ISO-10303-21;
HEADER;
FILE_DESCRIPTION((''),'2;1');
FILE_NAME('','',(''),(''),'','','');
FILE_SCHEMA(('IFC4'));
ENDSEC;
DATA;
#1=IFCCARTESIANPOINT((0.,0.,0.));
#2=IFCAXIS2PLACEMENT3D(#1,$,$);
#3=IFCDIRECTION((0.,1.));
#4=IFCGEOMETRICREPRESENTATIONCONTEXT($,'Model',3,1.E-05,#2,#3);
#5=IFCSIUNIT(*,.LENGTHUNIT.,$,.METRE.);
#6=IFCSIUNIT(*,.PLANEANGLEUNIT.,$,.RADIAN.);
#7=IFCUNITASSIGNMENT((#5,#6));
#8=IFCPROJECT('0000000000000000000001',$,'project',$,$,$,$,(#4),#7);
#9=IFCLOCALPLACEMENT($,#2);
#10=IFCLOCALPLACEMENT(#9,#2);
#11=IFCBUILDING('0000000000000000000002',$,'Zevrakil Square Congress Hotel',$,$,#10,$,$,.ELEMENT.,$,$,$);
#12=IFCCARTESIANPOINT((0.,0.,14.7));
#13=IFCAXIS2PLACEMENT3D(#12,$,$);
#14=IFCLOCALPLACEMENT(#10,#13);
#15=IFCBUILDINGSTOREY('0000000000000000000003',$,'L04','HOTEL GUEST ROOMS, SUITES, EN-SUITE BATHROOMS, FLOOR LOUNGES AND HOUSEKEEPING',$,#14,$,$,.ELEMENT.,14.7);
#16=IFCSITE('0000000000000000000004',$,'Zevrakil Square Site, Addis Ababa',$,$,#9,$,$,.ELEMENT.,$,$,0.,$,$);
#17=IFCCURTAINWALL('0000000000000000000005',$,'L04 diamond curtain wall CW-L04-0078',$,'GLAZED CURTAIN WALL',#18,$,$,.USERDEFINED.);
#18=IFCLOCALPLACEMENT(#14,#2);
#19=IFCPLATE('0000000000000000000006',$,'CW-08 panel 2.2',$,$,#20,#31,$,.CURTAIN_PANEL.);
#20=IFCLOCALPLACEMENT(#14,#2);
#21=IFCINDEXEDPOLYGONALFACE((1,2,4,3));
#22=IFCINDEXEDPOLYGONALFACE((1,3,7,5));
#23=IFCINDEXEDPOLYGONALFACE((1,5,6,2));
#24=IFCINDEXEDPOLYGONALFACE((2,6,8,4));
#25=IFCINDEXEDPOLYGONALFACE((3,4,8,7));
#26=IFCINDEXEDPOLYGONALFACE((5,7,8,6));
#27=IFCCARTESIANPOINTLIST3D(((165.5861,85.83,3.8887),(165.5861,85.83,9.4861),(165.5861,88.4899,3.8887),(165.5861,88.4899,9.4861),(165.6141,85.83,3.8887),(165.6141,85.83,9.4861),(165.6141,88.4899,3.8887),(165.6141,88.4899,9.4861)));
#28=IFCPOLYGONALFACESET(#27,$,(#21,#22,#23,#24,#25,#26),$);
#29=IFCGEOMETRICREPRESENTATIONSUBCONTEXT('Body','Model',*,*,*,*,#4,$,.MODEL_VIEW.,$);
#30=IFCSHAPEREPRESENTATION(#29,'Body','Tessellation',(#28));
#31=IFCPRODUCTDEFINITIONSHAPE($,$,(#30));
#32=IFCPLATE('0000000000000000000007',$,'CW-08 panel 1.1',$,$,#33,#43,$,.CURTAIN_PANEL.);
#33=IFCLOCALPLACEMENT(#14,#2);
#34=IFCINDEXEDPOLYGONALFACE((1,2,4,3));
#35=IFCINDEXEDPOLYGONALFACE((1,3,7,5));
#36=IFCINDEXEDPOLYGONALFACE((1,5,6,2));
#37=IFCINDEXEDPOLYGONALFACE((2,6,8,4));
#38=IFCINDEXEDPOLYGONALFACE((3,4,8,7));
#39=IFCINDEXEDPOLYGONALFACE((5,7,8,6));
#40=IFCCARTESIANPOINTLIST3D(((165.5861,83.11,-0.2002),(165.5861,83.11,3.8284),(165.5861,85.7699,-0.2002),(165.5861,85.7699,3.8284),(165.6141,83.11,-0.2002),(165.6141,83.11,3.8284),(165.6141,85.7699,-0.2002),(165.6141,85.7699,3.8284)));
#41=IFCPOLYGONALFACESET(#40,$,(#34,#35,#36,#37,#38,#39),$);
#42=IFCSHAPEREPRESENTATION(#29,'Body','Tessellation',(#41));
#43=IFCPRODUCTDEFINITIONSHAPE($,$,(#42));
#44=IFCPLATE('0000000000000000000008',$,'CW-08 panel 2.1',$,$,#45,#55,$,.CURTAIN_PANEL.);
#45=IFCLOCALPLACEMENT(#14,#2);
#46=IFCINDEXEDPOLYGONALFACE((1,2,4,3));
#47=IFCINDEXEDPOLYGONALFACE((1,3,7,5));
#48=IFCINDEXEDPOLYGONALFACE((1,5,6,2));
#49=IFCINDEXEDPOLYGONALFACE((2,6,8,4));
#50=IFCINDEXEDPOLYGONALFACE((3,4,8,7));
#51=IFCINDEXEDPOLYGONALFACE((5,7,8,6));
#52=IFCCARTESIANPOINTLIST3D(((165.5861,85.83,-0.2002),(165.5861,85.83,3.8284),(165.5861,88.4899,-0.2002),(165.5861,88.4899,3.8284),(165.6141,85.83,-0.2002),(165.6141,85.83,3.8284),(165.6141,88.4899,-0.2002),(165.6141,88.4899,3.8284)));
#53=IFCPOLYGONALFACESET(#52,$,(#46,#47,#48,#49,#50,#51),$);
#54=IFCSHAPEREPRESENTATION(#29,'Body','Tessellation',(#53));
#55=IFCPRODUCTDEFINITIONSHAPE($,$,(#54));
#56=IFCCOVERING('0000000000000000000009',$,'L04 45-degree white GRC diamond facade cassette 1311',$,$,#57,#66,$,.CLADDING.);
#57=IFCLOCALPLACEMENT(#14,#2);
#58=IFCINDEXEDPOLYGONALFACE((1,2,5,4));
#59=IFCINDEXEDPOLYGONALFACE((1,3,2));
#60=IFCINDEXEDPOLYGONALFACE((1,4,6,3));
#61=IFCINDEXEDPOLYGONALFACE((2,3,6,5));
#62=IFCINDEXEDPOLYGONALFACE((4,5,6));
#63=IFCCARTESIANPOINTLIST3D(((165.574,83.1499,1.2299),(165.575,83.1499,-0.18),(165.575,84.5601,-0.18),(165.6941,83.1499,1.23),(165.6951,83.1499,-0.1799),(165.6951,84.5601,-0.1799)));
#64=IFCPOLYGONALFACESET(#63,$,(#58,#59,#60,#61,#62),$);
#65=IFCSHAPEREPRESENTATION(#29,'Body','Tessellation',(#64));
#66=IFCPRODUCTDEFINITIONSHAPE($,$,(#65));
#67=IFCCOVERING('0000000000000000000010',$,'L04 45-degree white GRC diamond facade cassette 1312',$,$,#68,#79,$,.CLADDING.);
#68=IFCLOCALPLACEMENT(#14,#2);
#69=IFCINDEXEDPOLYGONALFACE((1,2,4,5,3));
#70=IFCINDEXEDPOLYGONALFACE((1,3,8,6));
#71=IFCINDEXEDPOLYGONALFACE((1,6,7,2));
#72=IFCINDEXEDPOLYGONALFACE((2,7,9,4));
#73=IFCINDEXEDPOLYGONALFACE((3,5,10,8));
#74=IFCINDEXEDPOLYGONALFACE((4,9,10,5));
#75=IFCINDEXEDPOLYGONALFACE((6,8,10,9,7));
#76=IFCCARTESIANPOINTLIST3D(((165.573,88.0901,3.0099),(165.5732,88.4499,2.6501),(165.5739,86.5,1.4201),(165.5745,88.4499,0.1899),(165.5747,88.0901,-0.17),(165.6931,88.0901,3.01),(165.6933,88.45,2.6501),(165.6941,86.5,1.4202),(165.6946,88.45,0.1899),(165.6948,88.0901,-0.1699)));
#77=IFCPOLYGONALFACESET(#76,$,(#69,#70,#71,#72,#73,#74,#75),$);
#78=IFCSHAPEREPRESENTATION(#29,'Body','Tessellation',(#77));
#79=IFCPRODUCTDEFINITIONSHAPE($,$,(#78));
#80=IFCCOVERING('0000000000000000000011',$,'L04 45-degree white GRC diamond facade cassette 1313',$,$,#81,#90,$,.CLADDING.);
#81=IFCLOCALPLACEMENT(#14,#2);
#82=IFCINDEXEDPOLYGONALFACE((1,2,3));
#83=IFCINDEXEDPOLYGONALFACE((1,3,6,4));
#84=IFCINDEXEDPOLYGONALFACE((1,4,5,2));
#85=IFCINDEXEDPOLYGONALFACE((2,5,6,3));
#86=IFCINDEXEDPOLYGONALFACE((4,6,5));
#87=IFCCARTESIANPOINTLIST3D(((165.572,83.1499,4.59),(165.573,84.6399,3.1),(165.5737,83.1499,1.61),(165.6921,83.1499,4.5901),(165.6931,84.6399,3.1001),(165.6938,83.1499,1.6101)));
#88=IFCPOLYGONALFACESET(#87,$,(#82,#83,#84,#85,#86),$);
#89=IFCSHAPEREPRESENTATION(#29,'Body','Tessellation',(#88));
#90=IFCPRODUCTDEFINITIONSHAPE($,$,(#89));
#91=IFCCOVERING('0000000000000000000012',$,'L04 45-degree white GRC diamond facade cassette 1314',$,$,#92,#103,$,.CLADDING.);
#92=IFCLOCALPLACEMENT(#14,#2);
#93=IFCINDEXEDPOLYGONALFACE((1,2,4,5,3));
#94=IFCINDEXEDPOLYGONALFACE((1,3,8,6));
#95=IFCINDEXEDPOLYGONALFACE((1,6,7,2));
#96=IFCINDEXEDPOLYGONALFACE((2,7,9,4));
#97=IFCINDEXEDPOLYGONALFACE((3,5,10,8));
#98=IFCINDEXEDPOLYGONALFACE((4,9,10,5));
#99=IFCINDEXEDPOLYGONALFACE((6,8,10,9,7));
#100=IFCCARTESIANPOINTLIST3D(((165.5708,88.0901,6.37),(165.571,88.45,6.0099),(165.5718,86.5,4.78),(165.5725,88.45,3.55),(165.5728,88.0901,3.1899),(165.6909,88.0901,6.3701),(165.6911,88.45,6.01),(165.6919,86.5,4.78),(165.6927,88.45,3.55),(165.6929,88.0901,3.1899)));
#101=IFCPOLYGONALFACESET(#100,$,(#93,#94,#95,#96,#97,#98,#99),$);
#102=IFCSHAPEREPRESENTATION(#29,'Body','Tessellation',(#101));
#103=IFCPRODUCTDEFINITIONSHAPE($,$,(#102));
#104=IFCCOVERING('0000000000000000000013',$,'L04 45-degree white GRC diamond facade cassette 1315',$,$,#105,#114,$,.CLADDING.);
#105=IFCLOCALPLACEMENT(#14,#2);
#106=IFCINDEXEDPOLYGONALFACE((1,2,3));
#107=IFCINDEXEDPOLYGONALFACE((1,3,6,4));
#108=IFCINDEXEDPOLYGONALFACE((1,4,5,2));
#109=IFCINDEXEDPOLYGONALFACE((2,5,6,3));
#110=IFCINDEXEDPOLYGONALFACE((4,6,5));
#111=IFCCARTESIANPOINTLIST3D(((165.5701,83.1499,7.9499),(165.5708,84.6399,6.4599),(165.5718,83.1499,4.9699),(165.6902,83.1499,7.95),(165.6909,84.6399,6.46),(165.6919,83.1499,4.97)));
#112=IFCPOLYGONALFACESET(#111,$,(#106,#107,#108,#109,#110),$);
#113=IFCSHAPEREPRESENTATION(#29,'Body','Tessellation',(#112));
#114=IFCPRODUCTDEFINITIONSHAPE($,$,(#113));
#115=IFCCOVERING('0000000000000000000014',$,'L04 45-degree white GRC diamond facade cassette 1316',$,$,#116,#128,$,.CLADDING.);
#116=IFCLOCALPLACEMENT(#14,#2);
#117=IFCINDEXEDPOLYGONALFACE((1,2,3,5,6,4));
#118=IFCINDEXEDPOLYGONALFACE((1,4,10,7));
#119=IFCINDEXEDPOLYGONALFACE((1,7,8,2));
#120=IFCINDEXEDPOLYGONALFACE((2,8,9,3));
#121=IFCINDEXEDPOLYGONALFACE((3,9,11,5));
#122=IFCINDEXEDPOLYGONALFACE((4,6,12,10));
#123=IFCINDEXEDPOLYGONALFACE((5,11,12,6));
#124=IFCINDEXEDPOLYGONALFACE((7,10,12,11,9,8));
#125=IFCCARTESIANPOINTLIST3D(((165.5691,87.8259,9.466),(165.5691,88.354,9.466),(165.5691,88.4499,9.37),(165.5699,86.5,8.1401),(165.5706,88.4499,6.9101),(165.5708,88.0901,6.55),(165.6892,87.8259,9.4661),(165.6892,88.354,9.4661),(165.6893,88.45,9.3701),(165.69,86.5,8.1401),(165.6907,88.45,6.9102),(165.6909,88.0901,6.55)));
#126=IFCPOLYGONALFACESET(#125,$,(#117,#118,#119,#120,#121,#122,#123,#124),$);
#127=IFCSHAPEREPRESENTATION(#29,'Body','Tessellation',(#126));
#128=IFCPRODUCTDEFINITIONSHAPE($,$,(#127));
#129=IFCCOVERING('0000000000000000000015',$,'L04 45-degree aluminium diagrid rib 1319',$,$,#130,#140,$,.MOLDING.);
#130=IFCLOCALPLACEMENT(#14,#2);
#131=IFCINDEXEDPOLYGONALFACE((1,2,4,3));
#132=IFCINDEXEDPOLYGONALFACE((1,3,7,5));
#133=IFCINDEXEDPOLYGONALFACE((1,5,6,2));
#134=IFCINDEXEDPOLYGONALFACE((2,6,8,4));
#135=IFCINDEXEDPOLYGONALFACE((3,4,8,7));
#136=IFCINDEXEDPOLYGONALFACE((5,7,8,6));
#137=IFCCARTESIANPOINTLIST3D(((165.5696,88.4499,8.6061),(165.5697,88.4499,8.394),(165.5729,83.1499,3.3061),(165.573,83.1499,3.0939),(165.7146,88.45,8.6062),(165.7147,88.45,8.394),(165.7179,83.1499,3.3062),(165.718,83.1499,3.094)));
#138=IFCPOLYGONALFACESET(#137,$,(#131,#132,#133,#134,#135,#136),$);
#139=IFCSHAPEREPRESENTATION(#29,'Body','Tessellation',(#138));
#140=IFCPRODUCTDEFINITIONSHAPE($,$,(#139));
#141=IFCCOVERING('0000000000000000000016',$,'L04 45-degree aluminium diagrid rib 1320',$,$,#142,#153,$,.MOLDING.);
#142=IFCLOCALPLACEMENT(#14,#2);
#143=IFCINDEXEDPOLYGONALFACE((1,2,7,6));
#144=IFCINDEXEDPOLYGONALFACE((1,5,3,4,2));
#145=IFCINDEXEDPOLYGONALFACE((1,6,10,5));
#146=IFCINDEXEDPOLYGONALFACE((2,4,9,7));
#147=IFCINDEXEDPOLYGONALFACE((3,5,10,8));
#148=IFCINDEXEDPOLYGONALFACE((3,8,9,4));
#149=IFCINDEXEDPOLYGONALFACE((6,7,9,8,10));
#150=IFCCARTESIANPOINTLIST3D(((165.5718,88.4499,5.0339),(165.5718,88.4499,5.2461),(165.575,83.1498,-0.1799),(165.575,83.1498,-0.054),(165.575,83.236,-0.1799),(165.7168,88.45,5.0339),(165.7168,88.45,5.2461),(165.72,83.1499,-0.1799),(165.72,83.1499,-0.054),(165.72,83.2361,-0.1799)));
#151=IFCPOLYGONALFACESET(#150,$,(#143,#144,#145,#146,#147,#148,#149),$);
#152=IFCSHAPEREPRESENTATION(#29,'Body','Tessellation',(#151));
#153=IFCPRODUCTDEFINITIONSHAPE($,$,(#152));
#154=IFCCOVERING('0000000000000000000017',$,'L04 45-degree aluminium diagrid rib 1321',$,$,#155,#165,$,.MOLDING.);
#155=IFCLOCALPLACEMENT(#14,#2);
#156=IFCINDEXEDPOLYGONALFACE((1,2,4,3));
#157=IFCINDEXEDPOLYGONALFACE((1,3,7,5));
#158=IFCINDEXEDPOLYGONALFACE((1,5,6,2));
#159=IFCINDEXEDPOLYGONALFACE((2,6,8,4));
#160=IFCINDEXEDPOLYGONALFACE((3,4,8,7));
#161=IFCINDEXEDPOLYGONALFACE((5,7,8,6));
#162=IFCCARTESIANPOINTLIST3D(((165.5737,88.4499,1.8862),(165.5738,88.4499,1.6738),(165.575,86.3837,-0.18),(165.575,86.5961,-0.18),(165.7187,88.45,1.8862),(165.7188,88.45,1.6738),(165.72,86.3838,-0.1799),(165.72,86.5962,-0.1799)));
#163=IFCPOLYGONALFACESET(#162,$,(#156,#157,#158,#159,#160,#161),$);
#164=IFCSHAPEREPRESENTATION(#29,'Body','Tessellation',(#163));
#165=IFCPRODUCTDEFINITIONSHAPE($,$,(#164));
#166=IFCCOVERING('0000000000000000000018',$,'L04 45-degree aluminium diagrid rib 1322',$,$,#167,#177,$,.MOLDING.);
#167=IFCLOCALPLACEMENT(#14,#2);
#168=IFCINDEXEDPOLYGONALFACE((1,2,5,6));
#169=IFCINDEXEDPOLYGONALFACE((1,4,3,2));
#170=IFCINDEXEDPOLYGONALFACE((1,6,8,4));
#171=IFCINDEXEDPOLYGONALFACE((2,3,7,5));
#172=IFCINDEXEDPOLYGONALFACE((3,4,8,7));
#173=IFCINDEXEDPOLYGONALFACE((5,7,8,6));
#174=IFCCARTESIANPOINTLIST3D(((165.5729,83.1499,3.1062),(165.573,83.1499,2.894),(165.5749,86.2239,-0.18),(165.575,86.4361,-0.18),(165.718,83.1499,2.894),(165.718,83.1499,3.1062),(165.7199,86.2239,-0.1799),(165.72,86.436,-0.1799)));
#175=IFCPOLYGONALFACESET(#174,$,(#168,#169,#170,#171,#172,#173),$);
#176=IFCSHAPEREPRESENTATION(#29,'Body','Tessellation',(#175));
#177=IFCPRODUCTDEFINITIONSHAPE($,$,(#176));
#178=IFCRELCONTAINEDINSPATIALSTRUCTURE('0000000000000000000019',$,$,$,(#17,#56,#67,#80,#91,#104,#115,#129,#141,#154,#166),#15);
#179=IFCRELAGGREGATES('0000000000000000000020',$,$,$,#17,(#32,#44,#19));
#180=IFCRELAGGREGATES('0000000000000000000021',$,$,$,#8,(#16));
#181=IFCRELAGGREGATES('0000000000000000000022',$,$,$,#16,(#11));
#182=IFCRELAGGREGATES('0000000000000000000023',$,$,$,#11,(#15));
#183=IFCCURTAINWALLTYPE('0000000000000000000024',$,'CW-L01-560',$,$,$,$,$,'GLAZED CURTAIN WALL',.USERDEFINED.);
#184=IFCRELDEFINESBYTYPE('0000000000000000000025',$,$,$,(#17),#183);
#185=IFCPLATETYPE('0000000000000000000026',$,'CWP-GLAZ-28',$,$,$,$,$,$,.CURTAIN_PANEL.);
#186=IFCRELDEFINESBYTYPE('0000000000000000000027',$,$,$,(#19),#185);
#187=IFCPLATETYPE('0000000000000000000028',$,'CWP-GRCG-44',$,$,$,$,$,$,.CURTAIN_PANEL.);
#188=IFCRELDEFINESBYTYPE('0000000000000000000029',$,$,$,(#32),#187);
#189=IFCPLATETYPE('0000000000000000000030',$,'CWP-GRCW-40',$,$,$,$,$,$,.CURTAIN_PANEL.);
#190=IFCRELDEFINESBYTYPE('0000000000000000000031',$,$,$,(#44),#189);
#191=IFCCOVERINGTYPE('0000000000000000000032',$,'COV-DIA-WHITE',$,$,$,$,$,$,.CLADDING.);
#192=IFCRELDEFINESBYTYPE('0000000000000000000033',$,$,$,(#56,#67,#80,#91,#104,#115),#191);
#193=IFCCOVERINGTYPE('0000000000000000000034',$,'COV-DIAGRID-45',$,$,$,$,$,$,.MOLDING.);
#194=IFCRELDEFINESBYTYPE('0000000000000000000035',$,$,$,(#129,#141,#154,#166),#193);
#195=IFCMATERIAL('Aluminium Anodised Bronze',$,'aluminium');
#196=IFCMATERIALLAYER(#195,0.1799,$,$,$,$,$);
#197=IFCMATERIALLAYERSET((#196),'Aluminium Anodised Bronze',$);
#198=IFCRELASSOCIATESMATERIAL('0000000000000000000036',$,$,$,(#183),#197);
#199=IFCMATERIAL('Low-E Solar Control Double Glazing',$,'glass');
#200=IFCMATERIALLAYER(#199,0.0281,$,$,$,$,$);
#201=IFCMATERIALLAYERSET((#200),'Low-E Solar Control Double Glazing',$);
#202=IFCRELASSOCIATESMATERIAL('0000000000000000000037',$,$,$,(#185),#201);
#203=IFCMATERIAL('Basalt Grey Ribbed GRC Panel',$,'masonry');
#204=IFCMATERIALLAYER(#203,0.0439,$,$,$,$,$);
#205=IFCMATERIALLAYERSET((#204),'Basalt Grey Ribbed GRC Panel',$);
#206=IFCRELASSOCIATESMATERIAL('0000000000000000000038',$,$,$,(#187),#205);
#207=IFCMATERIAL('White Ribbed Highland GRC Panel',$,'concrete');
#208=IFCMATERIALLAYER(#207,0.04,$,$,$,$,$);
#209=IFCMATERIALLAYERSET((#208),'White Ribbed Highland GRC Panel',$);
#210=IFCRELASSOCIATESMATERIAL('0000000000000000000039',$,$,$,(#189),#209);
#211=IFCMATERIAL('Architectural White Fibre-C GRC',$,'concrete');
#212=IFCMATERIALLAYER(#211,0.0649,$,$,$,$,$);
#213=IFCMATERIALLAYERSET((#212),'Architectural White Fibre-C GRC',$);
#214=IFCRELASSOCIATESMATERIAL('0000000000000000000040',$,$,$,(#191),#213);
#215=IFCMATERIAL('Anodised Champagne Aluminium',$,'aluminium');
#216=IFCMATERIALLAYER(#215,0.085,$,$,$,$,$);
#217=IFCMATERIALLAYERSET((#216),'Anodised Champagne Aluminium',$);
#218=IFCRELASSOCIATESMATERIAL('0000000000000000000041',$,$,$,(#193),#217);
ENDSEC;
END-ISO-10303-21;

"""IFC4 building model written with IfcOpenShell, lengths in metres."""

from ifc_helpers import new_model, si_unit, direction, frame, origin, origin_2d, place, context, subcontext, project, spatial, polyline, rectangle, outline, extrude, material, layer, layer_set, type_object, element, aggregate, save


model = new_model("IFC4")

# Units and contexts
model_context = context("Model", 3, precision=1e-05, world=origin(), true_north=direction((0.0, 1.0)))
body_context = subcontext(model_context, "Body", "Model", "MODEL_VIEW")
ifc_project = project(units=[si_unit("LENGTHUNIT", "METRE"), si_unit("PLANEANGLEUNIT", "RADIAN")], contexts=[model_context])

# Site, building, storey
site_placement = place(None, origin())
site = spatial("IfcSite", under=ifc_project, at=site_placement, Name="Zevrakil Square Site, Addis Ababa", CompositionType="ELEMENT", RefElevation=0.0)
building_placement = place(site_placement, origin())
building = spatial("IfcBuilding", under=site, at=building_placement, Name="Zevrakil Square Congress Hotel", CompositionType="ELEMENT")
storey_placement = place(building_placement, frame((0.0, 0.0, 14.7)))
storey = spatial("IfcBuildingStorey", under=building, at=storey_placement, Name="L04", Description="HOTEL GUEST ROOMS, SUITES, EN-SUITE BATHROOMS, FLOOR LOUNGES AND HOUSEKEEPING", CompositionType="ELEMENT", Elevation=14.7)

# Curtain wall
ifc_material_1 = material(Name="Aluminium Anodised Bronze", Category="aluminium")
ifc_layer_1 = layer(ifc_material_1, 0.1799)
ifc_layer_set_1 = layer_set([ifc_layer_1], Name="Aluminium Anodised Bronze")
curtain_wall_type = type_object("IfcCurtainWallType", Name="CW-L01-560", ElementType="GLAZED CURTAIN WALL", PredefinedType="USERDEFINED", material=ifc_layer_set_1)
curtain_wall_1_placement = place(storey_placement, origin())
curtain_wall_1 = element("IfcCurtainWall", 1, at=curtain_wall_1_placement, inside=storey, type_object=curtain_wall_type, Name="L04 diamond curtain wall CW-L04-0078", ObjectType="GLAZED CURTAIN WALL", PredefinedType="USERDEFINED")

# Plates
ifc_material_2 = material(Name="Low-E Solar Control Double Glazing", Category="glass")
ifc_layer_2 = layer(ifc_material_2, 0.0281)
ifc_layer_set_2 = layer_set([ifc_layer_2], Name="Low-E Solar Control Double Glazing")
plate_type_1 = type_object("IfcPlateType", Name="CWP-GLAZ-28", PredefinedType="CURTAIN_PANEL", material=ifc_layer_set_2)
plate_1_placement = place(storey_placement, frame((165.6001, 87.1599, 3.8887), z_axis=(0.0, 0.0, 1.0), x_axis=(0.0, 1.0, 0.0)))
plate_1 = element("IfcPlate", 2, at=plate_1_placement, type_object=plate_type_1, Name="CW-08 panel 2.2", PredefinedType="CURTAIN_PANEL", context=body_context, shape_type="SweptSolid", body=[
    extrude(rectangle(XDim=2.6599, YDim=0.0281, at=origin_2d()), origin(), (0.0, 0.0, 1.0), 5.5974),
])
ifc_material_3 = material(Name="Basalt Grey Ribbed GRC Panel", Category="masonry")
ifc_layer_3 = layer(ifc_material_3, 0.0439)
ifc_layer_set_3 = layer_set([ifc_layer_3], Name="Basalt Grey Ribbed GRC Panel")
plate_type_2 = type_object("IfcPlateType", Name="CWP-GRCG-44", PredefinedType="CURTAIN_PANEL", material=ifc_layer_set_3)
plate_2_placement = place(storey_placement, frame((165.6001, 84.4399, -0.2002), z_axis=(0.0, 0.0, 1.0), x_axis=(0.0, 1.0, 0.0)))
plate_2 = element("IfcPlate", 3, at=plate_2_placement, type_object=plate_type_2, Name="CW-08 panel 1.1", PredefinedType="CURTAIN_PANEL", context=body_context, shape_type="SweptSolid", body=[
    extrude(rectangle(XDim=2.6599, YDim=0.0281, at=origin_2d()), origin(), (0.0, 0.0, 1.0), 4.0286),
])
ifc_material_4 = material(Name="White Ribbed Highland GRC Panel", Category="concrete")
ifc_layer_4 = layer(ifc_material_4, 0.04)
ifc_layer_set_4 = layer_set([ifc_layer_4], Name="White Ribbed Highland GRC Panel")
plate_type_3 = type_object("IfcPlateType", Name="CWP-GRCW-40", PredefinedType="CURTAIN_PANEL", material=ifc_layer_set_4)
plate_3_placement = place(storey_placement, frame((165.6001, 87.1599, -0.2002), z_axis=(0.0, 0.0, 1.0), x_axis=(0.0, 1.0, 0.0)))
plate_3 = element("IfcPlate", 4, at=plate_3_placement, type_object=plate_type_3, Name="CW-08 panel 2.1", PredefinedType="CURTAIN_PANEL", context=body_context, shape_type="SweptSolid", body=[
    extrude(rectangle(XDim=2.6599, YDim=0.0281, at=origin_2d()), origin(), (0.0, 0.0, 1.0), 4.0286),
])
aggregate(curtain_wall_1, [plate_2, plate_3, plate_1])

# Coverings
ifc_material_5 = material(Name="Architectural White Fibre-C GRC", Category="concrete")
ifc_layer_5 = layer(ifc_material_5, 0.0649)
ifc_layer_set_5 = layer_set([ifc_layer_5], Name="Architectural White Fibre-C GRC")
covering_type_1 = type_object("IfcCoveringType", Name="COV-DIA-WHITE", PredefinedType="CLADDING", material=ifc_layer_set_5)
covering_1_placement = place(storey_placement, frame((165.6951, 84.5601, -0.1799), z_axis=(1.0, 0.0, 0.000693), x_axis=(0.0, -1.0, 0.0)))
element("IfcCovering", 5, at=covering_1_placement, inside=storey, type_object=covering_type_1, Name="L04 45-degree white GRC diamond facade cassette 1311", PredefinedType="CLADDING", context=body_context, shape_type="SweptSolid", body=[
    extrude(outline(polyline([(0.0, 0.0), (1.4102, 0.0), (1.4102, -1.4099), (0.0, 0.0)])), origin(), (0.0, 0.0, -1.0), 0.1201),
])
covering_2_placement = place(storey_placement, frame((165.6948, 88.0901, -0.1699), z_axis=(1.0, 0.000055, 0.000532), x_axis=(-0.000338, -0.707107, 0.707107)))
element("IfcCovering", 6, at=covering_2_placement, inside=storey, type_object=covering_type_1, Name="L04 45-degree white GRC diamond facade cassette 1312", PredefinedType="CLADDING", context=body_context, shape_type="SweptSolid", body=[
    extrude(outline(polyline([(0.0, 0.0), (2.2487, 0.0), (2.2486, -2.2486), (1.7396, -2.2486), (0.0, -0.5089), (0.0, 0.0)])), origin(), (0.0, 0.0, -1.0), 0.1201),
])
covering_3_placement = place(storey_placement, frame((165.6931, 84.6399, 3.1001), z_axis=(1.0, -0.000082, 0.000573), x_axis=(0.000348, -0.707107, -0.707107)))
element("IfcCovering", 7, at=covering_3_placement, inside=storey, type_object=covering_type_1, Name="L04 45-degree white GRC diamond facade cassette 1313", PredefinedType="CLADDING", context=body_context, shape_type="SweptSolid", body=[
    extrude(outline(polyline([(0.0, 0.0), (2.1072, 0.0), (0.0, -2.1072), (0.0, 0.0)])), origin(), (0.0, 0.0, -1.0), 0.1201),
])
covering_4_placement = place(storey_placement, frame((165.6929, 88.0901, 3.1899), z_axis=(1.0, 0.0, 0.000612), x_axis=(-0.000433, -0.707107, 0.707107)))
element("IfcCovering", 8, at=covering_4_placement, inside=storey, type_object=covering_type_1, Name="L04 45-degree white GRC diamond facade cassette 1314", PredefinedType="CLADDING", context=body_context, shape_type="SweptSolid", body=[
    extrude(outline(polyline([(0.0, 0.0), (2.2487, 0.0), (2.2487, -2.2487), (1.7396, -2.2486), (0.0002, -0.5091), (0.0, 0.0)])), origin(), (0.0, 0.0, -1.0), 0.1201),
])
covering_5_placement = place(storey_placement, frame((165.6909, 84.6399, 6.46), z_axis=(1.0, 0.000082, 0.000573), x_axis=(0.000463, -0.707107, -0.707107)))
element("IfcCovering", 9, at=covering_5_placement, inside=storey, type_object=covering_type_1, Name="L04 45-degree white GRC diamond facade cassette 1315", PredefinedType="CLADDING", context=body_context, shape_type="SweptSolid", body=[
    extrude(outline(polyline([(0.0, 0.0), (2.1072, 0.0), (0.0, -2.1072), (0.0, 0.0)])), origin(), (0.0, 0.0, -1.0), 0.1201),
])
covering_6_placement = place(storey_placement, frame((165.6909, 88.0901, 6.55), z_axis=(1.0, 0.000015, 0.000583), x_axis=(-0.000402, -0.707107, 0.707107)))
element("IfcCovering", 10, at=covering_6_placement, inside=storey, type_object=covering_type_1, Name="L04 45-degree white GRC diamond facade cassette 1316", PredefinedType="CLADDING", context=body_context, shape_type="SweptSolid", body=[
    extrude(outline(polyline([(0.0, 0.0), (2.2487, 0.0), (2.2487, -1.8751), (1.8753, -2.2486), (1.7396, -2.2486), (0.0002, -0.5091), (0.0, 0.0)])), origin(), (0.0, 0.0, -1.0), 0.1201),
])
ifc_material_6 = material(Name="Anodised Champagne Aluminium", Category="aluminium")
ifc_layer_6 = layer(ifc_material_6, 0.085)
ifc_layer_set_6 = layer_set([ifc_layer_6], Name="Anodised Champagne Aluminium")
covering_type_2 = type_object("IfcCoveringType", Name="COV-DIAGRID-45", PredefinedType="MOLDING", material=ifc_layer_set_6)
covering_7_placement = place(storey_placement, frame((165.718, 83.1499, 3.094), z_axis=(1.0, 0.000046, 0.000575), x_axis=(-0.000575, 0.0, 1.0)))
element("IfcCovering", 11, at=covering_7_placement, inside=storey, type_object=covering_type_2, Name="L04 45-degree aluminium diagrid rib 1319", PredefinedType="MOLDING", context=body_context, shape_type="SweptSolid", body=[
    extrude(outline(polyline([(0.0, 0.0), (0.2122, 0.0), (5.5122, -5.3), (5.3, -5.3), (0.0, 0.0)])), origin(), (0.0, 0.0, -1.0), 0.145),
])
covering_8_placement = place(storey_placement, frame((165.72, 83.2361, -0.1799), z_axis=(1.0, 0.000479, 0.000122), x_axis=(0.000479, -1.0, 0.0)))
element("IfcCovering", 12, at=covering_8_placement, inside=storey, type_object=covering_type_2, Name="L04 45-degree aluminium diagrid rib 1320", PredefinedType="MOLDING", context=body_context, shape_type="SweptSolid", body=[
    extrude(outline(polyline([(0.0, 0.0), (0.0862, 0.0), (0.0862, -0.126), (-5.2139, -5.426), (-5.2139, -5.2139), (0.0, 0.0)])), origin(), (0.0, 0.0, -1.0), 0.145),
])
covering_9_placement = place(storey_placement, frame((165.72, 86.5962, -0.1799), z_axis=(1.0, 0.000311, 0.000311), x_axis=(0.000311, -1.0, 0.0)))
element("IfcCovering", 13, at=covering_9_placement, inside=storey, type_object=covering_type_2, Name="L04 45-degree aluminium diagrid rib 1321", PredefinedType="MOLDING", context=body_context, shape_type="SweptSolid", body=[
    extrude(outline(polyline([(0.0, 0.0), (0.2124, 0.0), (-1.8538, -2.0662), (-1.8538, -1.8538), (0.0, 0.0)])), origin(), (0.0, 0.0, -1.0), 0.145),
])
covering_10_placement = place(storey_placement, frame((165.718, 83.1499, 2.894), z_axis=(1.0, -0.000307, 0.000307), x_axis=(-0.000307, 0.0, 1.0)))
element("IfcCovering", 14, at=covering_10_placement, inside=storey, type_object=covering_type_2, Name="L04 45-degree aluminium diagrid rib 1322", PredefinedType="MOLDING", context=body_context, shape_type="SweptSolid", body=[
    extrude(outline(polyline([(0.0, 0.0), (0.2122, 0.0), (-3.074, -3.2861), (-3.074, -3.074), (0.0, 0.0)])), origin(), (0.0, 0.0, -1.0), 0.145),
])

save(model, "model.ifc")
